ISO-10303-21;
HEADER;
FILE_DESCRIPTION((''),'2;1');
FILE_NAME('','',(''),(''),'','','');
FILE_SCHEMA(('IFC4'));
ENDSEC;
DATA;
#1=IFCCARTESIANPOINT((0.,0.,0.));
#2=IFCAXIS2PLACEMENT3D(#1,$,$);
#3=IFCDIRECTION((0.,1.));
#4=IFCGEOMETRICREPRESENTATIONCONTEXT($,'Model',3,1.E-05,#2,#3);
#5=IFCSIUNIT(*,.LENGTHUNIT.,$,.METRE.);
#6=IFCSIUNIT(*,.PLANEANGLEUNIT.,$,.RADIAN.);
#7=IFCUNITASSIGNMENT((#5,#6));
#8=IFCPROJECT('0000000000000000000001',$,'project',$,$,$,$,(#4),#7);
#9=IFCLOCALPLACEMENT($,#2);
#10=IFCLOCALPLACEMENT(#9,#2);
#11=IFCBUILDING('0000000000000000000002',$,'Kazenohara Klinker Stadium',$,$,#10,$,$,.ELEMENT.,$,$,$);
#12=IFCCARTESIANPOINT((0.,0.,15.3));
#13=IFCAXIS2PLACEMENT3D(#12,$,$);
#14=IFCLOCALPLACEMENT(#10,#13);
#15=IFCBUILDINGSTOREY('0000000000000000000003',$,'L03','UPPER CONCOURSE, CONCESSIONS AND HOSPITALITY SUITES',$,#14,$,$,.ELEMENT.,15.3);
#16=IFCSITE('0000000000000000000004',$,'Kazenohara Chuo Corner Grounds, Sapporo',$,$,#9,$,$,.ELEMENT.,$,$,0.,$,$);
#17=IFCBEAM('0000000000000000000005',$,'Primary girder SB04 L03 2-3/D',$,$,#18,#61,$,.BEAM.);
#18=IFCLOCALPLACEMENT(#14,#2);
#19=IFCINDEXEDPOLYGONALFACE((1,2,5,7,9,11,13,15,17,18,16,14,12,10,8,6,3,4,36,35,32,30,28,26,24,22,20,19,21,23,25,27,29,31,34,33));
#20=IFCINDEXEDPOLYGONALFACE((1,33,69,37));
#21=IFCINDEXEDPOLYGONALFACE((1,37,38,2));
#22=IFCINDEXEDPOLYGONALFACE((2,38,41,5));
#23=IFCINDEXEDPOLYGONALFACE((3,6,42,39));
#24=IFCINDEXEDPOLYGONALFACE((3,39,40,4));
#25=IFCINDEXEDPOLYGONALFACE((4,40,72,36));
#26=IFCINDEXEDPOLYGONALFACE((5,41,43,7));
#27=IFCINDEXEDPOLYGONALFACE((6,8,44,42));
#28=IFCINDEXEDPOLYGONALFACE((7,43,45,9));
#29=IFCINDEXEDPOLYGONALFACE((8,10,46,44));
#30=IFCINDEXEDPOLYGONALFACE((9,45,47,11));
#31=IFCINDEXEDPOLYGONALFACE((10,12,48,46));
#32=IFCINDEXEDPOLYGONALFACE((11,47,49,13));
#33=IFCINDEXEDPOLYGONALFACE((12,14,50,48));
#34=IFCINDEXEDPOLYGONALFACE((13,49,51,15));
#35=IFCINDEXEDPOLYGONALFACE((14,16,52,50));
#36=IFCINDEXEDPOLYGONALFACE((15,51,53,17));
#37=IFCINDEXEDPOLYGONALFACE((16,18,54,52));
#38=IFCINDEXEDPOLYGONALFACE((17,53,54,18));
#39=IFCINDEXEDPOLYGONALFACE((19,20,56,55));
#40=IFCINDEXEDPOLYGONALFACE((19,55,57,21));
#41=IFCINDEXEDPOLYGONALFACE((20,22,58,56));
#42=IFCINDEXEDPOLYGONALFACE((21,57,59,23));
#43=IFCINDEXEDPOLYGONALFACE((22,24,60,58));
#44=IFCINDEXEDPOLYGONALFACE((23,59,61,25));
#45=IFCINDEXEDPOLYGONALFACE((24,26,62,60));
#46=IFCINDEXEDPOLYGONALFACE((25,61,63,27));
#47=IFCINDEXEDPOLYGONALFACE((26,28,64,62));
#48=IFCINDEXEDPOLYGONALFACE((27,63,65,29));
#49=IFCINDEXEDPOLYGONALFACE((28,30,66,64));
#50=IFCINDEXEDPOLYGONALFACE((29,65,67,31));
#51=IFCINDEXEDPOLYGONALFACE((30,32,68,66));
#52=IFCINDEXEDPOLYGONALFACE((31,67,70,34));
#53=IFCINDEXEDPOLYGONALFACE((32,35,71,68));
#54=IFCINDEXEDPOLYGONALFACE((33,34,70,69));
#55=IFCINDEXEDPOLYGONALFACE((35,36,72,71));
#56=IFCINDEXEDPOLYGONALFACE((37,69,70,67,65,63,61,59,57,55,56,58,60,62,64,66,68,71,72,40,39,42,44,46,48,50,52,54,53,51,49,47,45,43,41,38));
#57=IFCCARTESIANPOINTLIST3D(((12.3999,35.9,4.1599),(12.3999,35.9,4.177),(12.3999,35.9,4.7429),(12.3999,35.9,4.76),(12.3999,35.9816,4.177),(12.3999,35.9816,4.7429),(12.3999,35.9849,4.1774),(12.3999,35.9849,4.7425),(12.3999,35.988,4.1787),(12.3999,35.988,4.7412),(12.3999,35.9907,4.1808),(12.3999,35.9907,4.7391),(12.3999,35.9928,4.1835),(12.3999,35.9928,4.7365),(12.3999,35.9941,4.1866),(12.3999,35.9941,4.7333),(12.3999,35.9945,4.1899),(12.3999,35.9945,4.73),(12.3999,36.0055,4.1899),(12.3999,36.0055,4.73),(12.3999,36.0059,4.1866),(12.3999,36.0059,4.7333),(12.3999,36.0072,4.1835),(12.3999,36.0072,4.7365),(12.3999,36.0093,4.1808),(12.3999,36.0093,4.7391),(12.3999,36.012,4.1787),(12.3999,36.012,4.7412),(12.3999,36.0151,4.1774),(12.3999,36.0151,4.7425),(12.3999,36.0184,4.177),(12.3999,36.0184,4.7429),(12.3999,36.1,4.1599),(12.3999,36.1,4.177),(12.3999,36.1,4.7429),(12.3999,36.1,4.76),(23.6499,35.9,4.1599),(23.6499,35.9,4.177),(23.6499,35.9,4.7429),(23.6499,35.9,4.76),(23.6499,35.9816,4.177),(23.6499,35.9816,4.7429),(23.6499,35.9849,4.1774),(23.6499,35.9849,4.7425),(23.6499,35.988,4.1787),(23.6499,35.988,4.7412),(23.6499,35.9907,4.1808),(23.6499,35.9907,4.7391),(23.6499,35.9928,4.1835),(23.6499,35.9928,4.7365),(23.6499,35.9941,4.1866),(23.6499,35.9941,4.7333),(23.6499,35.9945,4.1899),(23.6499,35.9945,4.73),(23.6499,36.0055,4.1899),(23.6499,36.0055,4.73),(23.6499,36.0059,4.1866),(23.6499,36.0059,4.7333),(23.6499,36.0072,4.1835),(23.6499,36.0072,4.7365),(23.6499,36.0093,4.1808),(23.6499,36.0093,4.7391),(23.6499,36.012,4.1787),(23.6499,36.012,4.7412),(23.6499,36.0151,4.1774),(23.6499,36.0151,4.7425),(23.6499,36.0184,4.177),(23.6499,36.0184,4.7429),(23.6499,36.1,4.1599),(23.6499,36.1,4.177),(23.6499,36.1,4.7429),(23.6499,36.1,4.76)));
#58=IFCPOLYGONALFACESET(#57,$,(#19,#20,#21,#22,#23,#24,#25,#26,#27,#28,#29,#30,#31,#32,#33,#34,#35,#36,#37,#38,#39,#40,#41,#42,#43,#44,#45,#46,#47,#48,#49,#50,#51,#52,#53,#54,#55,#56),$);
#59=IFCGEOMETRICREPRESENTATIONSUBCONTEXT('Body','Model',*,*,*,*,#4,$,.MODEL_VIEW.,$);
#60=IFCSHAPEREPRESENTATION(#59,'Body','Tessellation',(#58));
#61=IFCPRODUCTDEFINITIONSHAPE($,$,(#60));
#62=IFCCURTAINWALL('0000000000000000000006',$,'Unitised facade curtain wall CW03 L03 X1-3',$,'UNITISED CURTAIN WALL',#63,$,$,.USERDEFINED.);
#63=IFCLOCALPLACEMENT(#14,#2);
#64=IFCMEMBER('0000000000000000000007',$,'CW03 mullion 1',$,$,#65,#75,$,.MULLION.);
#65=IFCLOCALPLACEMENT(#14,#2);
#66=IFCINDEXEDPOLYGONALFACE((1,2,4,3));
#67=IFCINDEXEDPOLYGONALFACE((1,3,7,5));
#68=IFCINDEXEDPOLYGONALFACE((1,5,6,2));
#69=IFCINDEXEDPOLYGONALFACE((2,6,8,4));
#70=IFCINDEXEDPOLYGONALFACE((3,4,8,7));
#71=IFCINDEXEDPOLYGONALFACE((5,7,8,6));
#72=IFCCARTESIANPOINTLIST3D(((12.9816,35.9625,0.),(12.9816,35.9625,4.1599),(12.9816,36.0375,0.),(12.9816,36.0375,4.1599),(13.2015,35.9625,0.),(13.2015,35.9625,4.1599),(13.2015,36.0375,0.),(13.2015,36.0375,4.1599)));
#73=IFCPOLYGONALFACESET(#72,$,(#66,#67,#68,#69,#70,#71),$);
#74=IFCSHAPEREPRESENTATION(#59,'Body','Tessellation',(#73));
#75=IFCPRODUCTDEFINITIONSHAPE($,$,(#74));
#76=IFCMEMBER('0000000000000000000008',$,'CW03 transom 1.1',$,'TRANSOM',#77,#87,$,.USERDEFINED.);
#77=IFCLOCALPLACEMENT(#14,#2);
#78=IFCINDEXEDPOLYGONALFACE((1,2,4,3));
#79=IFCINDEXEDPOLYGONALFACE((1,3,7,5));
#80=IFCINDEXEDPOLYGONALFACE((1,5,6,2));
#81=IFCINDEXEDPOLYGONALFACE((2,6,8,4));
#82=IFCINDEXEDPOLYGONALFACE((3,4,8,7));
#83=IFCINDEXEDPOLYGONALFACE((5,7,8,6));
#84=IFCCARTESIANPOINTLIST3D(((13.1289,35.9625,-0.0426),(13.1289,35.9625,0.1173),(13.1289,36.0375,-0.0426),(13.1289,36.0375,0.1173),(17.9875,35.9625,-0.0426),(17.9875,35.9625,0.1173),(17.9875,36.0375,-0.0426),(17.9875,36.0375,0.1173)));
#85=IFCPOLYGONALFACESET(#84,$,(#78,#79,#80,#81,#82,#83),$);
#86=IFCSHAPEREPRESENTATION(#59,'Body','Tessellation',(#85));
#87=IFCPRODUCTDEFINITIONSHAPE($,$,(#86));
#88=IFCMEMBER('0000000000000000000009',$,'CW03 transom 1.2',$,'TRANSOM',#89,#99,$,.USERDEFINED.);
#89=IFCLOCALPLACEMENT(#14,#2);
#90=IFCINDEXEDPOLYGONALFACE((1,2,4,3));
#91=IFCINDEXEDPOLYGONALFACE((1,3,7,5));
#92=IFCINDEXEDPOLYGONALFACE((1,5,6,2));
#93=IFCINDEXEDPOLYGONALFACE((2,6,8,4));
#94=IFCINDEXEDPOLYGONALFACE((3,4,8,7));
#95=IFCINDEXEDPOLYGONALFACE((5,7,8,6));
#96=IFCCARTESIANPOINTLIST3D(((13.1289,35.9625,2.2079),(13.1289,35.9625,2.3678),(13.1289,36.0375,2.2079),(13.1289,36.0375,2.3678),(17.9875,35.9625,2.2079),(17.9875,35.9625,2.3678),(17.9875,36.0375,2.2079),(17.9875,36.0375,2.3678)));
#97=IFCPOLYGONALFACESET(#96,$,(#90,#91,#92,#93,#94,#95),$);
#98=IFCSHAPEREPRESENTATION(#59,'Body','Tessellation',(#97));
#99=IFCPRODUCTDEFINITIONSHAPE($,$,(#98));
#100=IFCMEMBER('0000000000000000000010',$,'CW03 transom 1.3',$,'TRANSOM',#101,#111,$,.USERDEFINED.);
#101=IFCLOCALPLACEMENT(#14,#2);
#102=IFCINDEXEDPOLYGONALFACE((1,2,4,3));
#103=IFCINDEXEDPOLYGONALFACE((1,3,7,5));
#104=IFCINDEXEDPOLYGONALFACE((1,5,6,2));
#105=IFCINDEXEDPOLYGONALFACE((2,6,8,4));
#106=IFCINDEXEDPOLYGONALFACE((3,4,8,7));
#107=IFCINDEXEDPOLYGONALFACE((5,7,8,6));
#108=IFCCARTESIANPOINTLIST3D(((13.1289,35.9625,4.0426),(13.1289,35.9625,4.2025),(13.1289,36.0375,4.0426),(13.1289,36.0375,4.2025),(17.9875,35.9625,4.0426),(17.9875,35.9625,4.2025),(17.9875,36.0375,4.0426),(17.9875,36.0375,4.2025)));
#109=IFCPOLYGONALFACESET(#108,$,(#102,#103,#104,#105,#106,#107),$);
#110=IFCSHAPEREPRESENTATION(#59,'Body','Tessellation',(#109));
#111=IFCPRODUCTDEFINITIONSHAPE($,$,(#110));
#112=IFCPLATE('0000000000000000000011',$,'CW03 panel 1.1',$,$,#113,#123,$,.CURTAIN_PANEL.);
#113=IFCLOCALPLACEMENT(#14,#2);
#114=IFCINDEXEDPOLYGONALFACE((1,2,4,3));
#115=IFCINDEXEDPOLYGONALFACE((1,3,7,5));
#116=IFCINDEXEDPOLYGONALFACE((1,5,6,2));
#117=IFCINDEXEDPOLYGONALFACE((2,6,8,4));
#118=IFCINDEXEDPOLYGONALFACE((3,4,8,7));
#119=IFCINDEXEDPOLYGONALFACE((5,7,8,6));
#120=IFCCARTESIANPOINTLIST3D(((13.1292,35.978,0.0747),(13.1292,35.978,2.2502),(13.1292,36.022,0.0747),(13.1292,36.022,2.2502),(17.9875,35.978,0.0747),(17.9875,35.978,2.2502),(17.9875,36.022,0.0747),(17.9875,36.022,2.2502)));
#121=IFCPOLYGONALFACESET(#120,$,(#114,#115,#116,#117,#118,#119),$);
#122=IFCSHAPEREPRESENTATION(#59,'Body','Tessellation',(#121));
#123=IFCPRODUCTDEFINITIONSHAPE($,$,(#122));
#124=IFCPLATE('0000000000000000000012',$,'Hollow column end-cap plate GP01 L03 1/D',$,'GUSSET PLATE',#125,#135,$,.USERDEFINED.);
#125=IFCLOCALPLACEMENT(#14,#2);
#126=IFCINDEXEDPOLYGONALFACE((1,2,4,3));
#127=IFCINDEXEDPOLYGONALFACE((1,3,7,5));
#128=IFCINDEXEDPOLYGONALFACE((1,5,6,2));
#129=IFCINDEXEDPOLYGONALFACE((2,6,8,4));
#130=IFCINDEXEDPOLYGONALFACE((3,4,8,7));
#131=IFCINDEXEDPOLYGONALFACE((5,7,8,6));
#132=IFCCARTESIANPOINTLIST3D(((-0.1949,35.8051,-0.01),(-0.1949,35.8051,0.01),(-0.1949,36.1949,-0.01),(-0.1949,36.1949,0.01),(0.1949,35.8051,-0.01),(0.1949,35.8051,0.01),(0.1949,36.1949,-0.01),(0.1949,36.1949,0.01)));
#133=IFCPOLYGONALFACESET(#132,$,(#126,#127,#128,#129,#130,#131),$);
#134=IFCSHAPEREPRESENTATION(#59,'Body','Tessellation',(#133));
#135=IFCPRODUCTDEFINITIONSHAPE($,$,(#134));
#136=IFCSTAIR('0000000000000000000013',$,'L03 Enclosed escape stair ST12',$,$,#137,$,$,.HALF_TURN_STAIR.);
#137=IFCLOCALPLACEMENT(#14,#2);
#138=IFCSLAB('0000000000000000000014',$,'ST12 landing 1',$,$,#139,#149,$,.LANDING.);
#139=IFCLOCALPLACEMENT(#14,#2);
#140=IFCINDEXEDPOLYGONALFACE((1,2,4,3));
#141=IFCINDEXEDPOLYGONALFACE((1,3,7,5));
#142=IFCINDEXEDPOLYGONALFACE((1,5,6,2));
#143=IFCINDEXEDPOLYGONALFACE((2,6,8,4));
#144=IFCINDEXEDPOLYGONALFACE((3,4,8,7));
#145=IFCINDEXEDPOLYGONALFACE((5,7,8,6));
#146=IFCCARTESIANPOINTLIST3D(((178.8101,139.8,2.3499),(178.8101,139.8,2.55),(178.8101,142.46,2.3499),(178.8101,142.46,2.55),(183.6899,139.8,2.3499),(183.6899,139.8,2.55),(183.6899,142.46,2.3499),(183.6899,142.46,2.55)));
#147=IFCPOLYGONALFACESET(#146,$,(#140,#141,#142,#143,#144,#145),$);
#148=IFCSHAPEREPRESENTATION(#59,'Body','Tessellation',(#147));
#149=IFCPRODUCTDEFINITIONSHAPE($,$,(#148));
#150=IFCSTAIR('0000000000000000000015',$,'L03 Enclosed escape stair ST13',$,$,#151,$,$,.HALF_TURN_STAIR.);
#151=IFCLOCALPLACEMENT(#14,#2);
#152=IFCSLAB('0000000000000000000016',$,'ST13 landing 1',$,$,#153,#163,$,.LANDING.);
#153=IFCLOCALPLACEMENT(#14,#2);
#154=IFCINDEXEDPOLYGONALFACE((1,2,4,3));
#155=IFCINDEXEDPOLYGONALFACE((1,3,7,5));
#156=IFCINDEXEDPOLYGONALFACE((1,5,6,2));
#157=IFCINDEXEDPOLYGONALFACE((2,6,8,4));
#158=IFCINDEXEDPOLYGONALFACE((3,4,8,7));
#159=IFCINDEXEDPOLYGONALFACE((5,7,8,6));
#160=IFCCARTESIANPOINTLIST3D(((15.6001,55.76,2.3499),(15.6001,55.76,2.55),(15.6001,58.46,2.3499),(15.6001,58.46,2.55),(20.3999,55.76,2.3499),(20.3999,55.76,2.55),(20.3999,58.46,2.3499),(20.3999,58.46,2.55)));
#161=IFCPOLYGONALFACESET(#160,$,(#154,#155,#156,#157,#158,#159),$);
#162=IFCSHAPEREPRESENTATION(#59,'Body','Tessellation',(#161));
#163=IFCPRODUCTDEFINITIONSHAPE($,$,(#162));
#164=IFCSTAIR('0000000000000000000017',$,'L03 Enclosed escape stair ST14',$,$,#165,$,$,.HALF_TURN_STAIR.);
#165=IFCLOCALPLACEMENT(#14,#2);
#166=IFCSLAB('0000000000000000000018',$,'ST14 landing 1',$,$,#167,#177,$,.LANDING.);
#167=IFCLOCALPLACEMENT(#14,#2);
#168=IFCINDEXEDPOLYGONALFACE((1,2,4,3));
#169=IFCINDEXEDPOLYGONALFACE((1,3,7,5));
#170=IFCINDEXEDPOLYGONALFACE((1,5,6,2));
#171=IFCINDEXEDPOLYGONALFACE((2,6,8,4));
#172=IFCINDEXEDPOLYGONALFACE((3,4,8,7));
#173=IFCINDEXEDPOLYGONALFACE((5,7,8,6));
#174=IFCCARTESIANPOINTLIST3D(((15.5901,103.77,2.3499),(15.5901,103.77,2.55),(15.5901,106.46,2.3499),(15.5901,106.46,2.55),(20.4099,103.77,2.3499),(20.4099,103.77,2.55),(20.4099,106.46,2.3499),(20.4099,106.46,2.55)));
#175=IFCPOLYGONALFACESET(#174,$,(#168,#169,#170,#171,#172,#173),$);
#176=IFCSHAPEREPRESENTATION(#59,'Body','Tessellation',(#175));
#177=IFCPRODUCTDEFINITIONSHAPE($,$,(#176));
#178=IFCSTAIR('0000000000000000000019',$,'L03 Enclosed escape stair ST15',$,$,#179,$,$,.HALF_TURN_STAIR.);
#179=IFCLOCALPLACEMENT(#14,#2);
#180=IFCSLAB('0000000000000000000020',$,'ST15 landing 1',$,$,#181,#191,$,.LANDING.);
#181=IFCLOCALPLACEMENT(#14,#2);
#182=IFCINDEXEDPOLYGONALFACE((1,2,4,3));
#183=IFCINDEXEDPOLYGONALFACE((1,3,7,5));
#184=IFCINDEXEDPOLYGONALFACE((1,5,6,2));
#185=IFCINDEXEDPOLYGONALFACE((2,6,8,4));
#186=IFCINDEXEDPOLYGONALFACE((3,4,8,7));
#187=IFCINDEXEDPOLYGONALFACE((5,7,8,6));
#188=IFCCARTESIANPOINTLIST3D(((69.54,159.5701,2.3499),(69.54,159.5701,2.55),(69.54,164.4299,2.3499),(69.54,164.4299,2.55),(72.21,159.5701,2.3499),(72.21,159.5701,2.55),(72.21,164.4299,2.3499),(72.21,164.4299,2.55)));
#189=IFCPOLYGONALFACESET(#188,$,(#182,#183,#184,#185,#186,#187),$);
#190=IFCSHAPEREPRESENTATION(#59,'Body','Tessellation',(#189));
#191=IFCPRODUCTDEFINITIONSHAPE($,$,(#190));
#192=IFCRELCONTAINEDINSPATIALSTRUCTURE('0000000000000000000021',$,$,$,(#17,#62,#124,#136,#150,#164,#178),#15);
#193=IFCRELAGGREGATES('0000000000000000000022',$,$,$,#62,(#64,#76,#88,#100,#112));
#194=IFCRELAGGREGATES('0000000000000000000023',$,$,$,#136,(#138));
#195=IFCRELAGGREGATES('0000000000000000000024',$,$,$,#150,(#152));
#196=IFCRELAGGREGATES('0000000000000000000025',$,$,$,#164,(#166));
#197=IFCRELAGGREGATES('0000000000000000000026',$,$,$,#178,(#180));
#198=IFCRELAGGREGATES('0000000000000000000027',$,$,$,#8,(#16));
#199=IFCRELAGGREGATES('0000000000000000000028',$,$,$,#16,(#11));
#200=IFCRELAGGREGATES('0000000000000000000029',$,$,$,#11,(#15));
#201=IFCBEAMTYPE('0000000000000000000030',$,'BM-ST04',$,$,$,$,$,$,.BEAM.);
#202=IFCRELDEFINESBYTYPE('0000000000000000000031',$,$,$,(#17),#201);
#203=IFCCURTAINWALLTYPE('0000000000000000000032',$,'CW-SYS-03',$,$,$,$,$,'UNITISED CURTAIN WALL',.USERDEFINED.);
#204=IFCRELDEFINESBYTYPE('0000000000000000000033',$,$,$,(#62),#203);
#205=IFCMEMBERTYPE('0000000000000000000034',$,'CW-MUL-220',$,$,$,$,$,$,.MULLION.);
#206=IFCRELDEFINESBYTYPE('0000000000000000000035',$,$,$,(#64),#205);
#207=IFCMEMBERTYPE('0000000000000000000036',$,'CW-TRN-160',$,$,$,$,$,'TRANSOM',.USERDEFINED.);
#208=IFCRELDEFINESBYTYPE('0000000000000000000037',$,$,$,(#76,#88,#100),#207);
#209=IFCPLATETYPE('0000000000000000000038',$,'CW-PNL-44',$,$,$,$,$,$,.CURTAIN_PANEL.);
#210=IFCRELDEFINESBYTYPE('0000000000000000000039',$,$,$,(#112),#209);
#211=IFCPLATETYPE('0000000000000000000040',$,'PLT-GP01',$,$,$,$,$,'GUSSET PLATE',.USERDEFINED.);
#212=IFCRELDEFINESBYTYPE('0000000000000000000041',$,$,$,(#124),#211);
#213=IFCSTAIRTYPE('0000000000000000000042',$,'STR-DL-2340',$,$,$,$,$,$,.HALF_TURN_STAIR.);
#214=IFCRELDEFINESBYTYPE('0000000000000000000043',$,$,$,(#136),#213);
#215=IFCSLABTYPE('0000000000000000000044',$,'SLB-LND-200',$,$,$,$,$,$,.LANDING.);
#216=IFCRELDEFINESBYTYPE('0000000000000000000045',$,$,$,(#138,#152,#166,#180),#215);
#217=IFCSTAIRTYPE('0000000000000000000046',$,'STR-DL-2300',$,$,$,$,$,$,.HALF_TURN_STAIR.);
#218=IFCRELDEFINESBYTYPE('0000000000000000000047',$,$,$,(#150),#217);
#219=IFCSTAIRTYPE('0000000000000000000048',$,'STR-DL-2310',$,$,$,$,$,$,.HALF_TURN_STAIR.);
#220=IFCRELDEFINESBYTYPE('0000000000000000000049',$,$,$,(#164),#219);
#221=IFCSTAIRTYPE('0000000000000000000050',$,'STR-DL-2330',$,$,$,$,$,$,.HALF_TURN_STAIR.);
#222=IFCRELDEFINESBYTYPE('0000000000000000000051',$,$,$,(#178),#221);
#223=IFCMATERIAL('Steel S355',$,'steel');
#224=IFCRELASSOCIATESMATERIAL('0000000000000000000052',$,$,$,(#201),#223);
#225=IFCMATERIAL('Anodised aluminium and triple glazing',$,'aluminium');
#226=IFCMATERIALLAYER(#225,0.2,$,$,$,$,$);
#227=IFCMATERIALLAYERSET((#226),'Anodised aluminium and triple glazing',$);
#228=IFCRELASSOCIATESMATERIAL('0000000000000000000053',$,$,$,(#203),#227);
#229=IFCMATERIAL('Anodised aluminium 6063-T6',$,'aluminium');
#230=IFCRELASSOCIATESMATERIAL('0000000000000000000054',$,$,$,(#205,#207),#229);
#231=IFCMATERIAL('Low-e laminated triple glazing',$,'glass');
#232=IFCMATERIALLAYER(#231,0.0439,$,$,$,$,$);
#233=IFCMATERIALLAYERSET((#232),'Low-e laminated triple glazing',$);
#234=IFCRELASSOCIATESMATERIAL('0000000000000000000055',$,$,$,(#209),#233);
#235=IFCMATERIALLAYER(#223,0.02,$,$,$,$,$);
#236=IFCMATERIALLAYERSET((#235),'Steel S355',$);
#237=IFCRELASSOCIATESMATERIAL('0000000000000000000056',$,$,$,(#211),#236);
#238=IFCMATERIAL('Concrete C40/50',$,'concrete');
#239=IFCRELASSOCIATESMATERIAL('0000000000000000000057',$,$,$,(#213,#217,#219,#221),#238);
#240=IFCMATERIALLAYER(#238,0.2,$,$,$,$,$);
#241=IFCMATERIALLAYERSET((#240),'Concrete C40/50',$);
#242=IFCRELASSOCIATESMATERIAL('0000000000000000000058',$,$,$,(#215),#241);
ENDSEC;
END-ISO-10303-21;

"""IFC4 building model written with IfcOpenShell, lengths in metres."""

from ifc_helpers import new_model, si_unit, direction, frame, origin, origin_2d, place, context, subcontext, project, spatial, polyline, rectangle, i_section, outline, extrude, material, layer, layer_set, material_profile, profile_set, type_object, element, aggregate, save


model = new_model("IFC4")

# Units and contexts
model_context = context("Model", 3, precision=1e-05, world=origin(), true_north=direction((0.0, 1.0)))
body_context = subcontext(model_context, "Body", "Model", "MODEL_VIEW")
ifc_project = project(units=[si_unit("LENGTHUNIT", "METRE"), si_unit("PLANEANGLEUNIT", "RADIAN")], contexts=[model_context])

# Site, building, storey
site_placement = place(None, origin())
site = spatial("IfcSite", under=ifc_project, at=site_placement, Name="Kazenohara Chuo Corner Grounds, Sapporo", CompositionType="ELEMENT", RefElevation=0.0)
building_placement = place(site_placement, origin())
building = spatial("IfcBuilding", under=site, at=building_placement, Name="Kazenohara Klinker Stadium", CompositionType="ELEMENT")
storey_placement = place(building_placement, frame((0.0, 0.0, 15.3)))
storey = spatial("IfcBuildingStorey", under=building, at=storey_placement, Name="L03", Description="UPPER CONCOURSE, CONCESSIONS AND HOSPITALITY SUITES", CompositionType="ELEMENT", Elevation=15.3)

# Shared definitions
ifc_material_1 = material(Name="Concrete C40/50", Category="concrete")
ifc_material_2 = material(Name="Steel S355", Category="steel")

# Beam
ifc_material_profile_1 = material_profile(ifc_material_2, i_section(OverallWidth=0.2, OverallDepth=0.6001, WebThickness=0.011, FlangeThickness=0.0171, FilletRadius=0.0129, at=origin_2d()), Name="H-600x200x11x17")
ifc_profile_set_1 = profile_set([ifc_material_profile_1], Name="Steel S355")
beam_type_1 = type_object("IfcBeamType", Name="BM-ST04", PredefinedType="BEAM", material=ifc_profile_set_1)
beam_1_placement = place(storey_placement, frame((12.3999, 36.0, 4.46), z_axis=(1.0, 0.0, 0.0), x_axis=(0.0, 1.0, 0.0)))
element("IfcBeam", 1, at=beam_1_placement, inside=storey, type_object=beam_type_1, Name="Primary girder SB04 L03 2-3/D", PredefinedType="BEAM", context=body_context, shape_type="SweptSolid", body=[
    extrude(i_section(OverallWidth=0.2, OverallDepth=0.6001, WebThickness=0.011, FlangeThickness=0.0171, FilletRadius=0.0129, at=origin_2d()), origin(), (0.0, 0.0, 1.0), 11.25),
])

# Curtain wall, members, plate
ifc_material_3 = material(Name="Anodised aluminium and triple glazing", Category="aluminium")
ifc_layer_1 = layer(ifc_material_3, 0.2)
ifc_layer_set_1 = layer_set([ifc_layer_1], Name="Anodised aluminium and triple glazing")
curtain_wall_type = type_object("IfcCurtainWallType", Name="CW-SYS-03", ElementType="UNITISED CURTAIN WALL", PredefinedType="USERDEFINED", material=ifc_layer_set_1)
curtain_wall_placement = place(storey_placement, origin())
curtain_wall = element("IfcCurtainWall", 2, at=curtain_wall_placement, inside=storey, type_object=curtain_wall_type, Name="Unitised facade curtain wall CW03 L03 X1-3", ObjectType="UNITISED CURTAIN WALL", PredefinedType="USERDEFINED")
ifc_material_4 = material(Name="Anodised aluminium 6063-T6", Category="aluminium")
ifc_material_profile_2 = material_profile(ifc_material_4, rectangle(XDim=0.075, YDim=0.22, at=origin_2d()), Name="ALU-MUL-75x220")
ifc_profile_set_2 = profile_set([ifc_material_profile_2], Name="Anodised aluminium 6063-T6")
member_type_1 = type_object("IfcMemberType", Name="CW-MUL-220", PredefinedType="MULLION", material=ifc_profile_set_2)
member_1_placement = place(storey_placement, frame((13.0916, 36.0, 0.0), z_axis=(0.0, 0.0, 1.0), x_axis=(0.0, 1.0, 0.0)))
member_1 = element("IfcMember", 3, at=member_1_placement, type_object=member_type_1, Name="CW03 mullion 1", PredefinedType="MULLION", context=body_context, shape_type="SweptSolid", body=[
    extrude(rectangle(XDim=0.075, YDim=0.22, at=origin_2d()), origin(), (0.0, 0.0, 1.0), 4.1599),
])
ifc_material_profile_3 = material_profile(ifc_material_4, rectangle(XDim=0.075, YDim=0.1599, at=origin_2d()), Name="ALU-TRN-75x160")
ifc_profile_set_3 = profile_set([ifc_material_profile_3], Name="Anodised aluminium 6063-T6")
member_type_2 = type_object("IfcMemberType", Name="CW-TRN-160", ElementType="TRANSOM", PredefinedType="USERDEFINED", material=ifc_profile_set_3)
member_2_placement = place(storey_placement, frame((13.1289, 36.0, 0.0374), z_axis=(1.0, 0.0, 0.0), x_axis=(0.0, 1.0, 0.0)))
member_2 = element("IfcMember", 4, at=member_2_placement, type_object=member_type_2, Name="CW03 transom 1.1", ObjectType="TRANSOM", PredefinedType="USERDEFINED", context=body_context, shape_type="SweptSolid", body=[
    extrude(rectangle(XDim=0.075, YDim=0.1599, at=origin_2d()), origin(), (0.0, 0.0, 1.0), 4.8586),
])
member_3_placement = place(storey_placement, frame((13.1289, 36.0, 2.2878), z_axis=(1.0, 0.0, 0.0), x_axis=(0.0, 1.0, 0.0)))
member_3 = element("IfcMember", 5, at=member_3_placement, type_object=member_type_2, Name="CW03 transom 1.2", ObjectType="TRANSOM", PredefinedType="USERDEFINED", context=body_context, shape_type="SweptSolid", body=[
    extrude(rectangle(XDim=0.075, YDim=0.1599, at=origin_2d()), origin(), (0.0, 0.0, 1.0), 4.8586),
])
member_4_placement = place(storey_placement, frame((13.1289, 36.0, 4.1226), z_axis=(1.0, 0.0, 0.0), x_axis=(0.0, 1.0, 0.0)))
member_4 = element("IfcMember", 6, at=member_4_placement, type_object=member_type_2, Name="CW03 transom 1.3", ObjectType="TRANSOM", PredefinedType="USERDEFINED", context=body_context, shape_type="SweptSolid", body=[
    extrude(rectangle(XDim=0.075, YDim=0.1599, at=origin_2d()), origin(), (0.0, 0.0, 1.0), 4.8586),
])
ifc_material_5 = material(Name="Low-e laminated triple glazing", Category="glass")
ifc_layer_2 = layer(ifc_material_5, 0.0439)
ifc_layer_set_2 = layer_set([ifc_layer_2], Name="Low-e laminated triple glazing")
plate_type_1 = type_object("IfcPlateType", Name="CW-PNL-44", PredefinedType="CURTAIN_PANEL", material=ifc_layer_set_2)
plate_1_placement = place(storey_placement, frame((15.5583, 36.0, 0.0747), z_axis=(0.0, 0.0, 1.0), x_axis=(1.0, 0.0, 0.0)))
plate_1 = element("IfcPlate", 7, at=plate_1_placement, type_object=plate_type_1, Name="CW03 panel 1.1", PredefinedType="CURTAIN_PANEL", context=body_context, shape_type="SweptSolid", body=[
    extrude(rectangle(XDim=4.8584, YDim=0.0439, at=origin_2d()), origin(), (0.0, 0.0, 1.0), 2.1755),
])
aggregate(curtain_wall, [member_1, member_2, member_3, member_4, plate_1])

# Plate
ifc_layer_3 = layer(ifc_material_2, 0.02)
ifc_layer_set_3 = layer_set([ifc_layer_3], Name="Steel S355")
plate_type_2 = type_object("IfcPlateType", Name="PLT-GP01", ElementType="GUSSET PLATE", PredefinedType="USERDEFINED", material=ifc_layer_set_3)
plate_2_placement = place(storey_placement, frame((0.0, 36.0, -0.01), z_axis=(0.0, 0.0, 1.0), x_axis=(1.0, 0.0, 0.0)))
element("IfcPlate", 8, at=plate_2_placement, inside=storey, type_object=plate_type_2, Name="Hollow column end-cap plate GP01 L03 1/D", ObjectType="GUSSET PLATE", PredefinedType="USERDEFINED", context=body_context, shape_type="SweptSolid", body=[
    extrude(rectangle(XDim=0.3899, YDim=0.3899, at=origin_2d()), origin(), (0.0, 0.0, 1.0), 0.02),
])

# Stairs, slabs
stair_type_1 = type_object("IfcStairType", Name="STR-DL-2340", PredefinedType="HALF_TURN_STAIR", material=ifc_material_1)
stair_1_placement = place(storey_placement, origin())
stair_1 = element("IfcStair", 9, at=stair_1_placement, inside=storey, type_object=stair_type_1, Name="L03 Enclosed escape stair ST12", PredefinedType="HALF_TURN_STAIR")
ifc_layer_4 = layer(ifc_material_1, 0.2)
ifc_layer_set_4 = layer_set([ifc_layer_4], Name="Concrete C40/50")
slab_type = type_object("IfcSlabType", Name="SLB-LND-200", PredefinedType="LANDING", material=ifc_layer_set_4)
slab_1_placement = place(storey_placement, frame((0.0, 0.0, 2.3499)))
slab_1 = element("IfcSlab", 10, at=slab_1_placement, type_object=slab_type, Name="ST12 landing 1", PredefinedType="LANDING", context=body_context, shape_type="SweptSolid", body=[
    extrude(outline(polyline([(183.6899, 139.8), (183.6899, 142.46), (178.8101, 142.46), (178.8101, 139.8), (183.6899, 139.8)])), origin(), (0.0, 0.0, 1.0), 0.2002),
])
aggregate(stair_1, [slab_1])
stair_type_2 = type_object("IfcStairType", Name="STR-DL-2300", PredefinedType="HALF_TURN_STAIR", material=ifc_material_1)
stair_2_placement = place(storey_placement, origin())
stair_2 = element("IfcStair", 11, at=stair_2_placement, inside=storey, type_object=stair_type_2, Name="L03 Enclosed escape stair ST13", PredefinedType="HALF_TURN_STAIR")
slab_2_placement = place(storey_placement, frame((0.0, 0.0, 2.3499)))
slab_2 = element("IfcSlab", 12, at=slab_2_placement, type_object=slab_type, Name="ST13 landing 1", PredefinedType="LANDING", context=body_context, shape_type="SweptSolid", body=[
    extrude(outline(polyline([(20.3999, 55.76), (20.3999, 58.46), (15.6001, 58.46), (15.6001, 55.76), (20.3999, 55.76)])), origin(), (0.0, 0.0, 1.0), 0.2002),
])
aggregate(stair_2, [slab_2])
stair_type_3 = type_object("IfcStairType", Name="STR-DL-2310", PredefinedType="HALF_TURN_STAIR", material=ifc_material_1)
stair_3_placement = place(storey_placement, origin())
stair_3 = element("IfcStair", 13, at=stair_3_placement, inside=storey, type_object=stair_type_3, Name="L03 Enclosed escape stair ST14", PredefinedType="HALF_TURN_STAIR")
slab_3_placement = place(storey_placement, frame((0.0, 0.0, 2.3499)))
slab_3 = element("IfcSlab", 14, at=slab_3_placement, type_object=slab_type, Name="ST14 landing 1", PredefinedType="LANDING", context=body_context, shape_type="SweptSolid", body=[
    extrude(outline(polyline([(20.4099, 103.77), (20.4099, 106.46), (15.5901, 106.46), (15.5901, 103.77), (20.4099, 103.77)])), origin(), (0.0, 0.0, 1.0), 0.2002),
])
aggregate(stair_3, [slab_3])
stair_type_4 = type_object("IfcStairType", Name="STR-DL-2330", PredefinedType="HALF_TURN_STAIR", material=ifc_material_1)
stair_4_placement = place(storey_placement, origin())
stair_4 = element("IfcStair", 15, at=stair_4_placement, inside=storey, type_object=stair_type_4, Name="L03 Enclosed escape stair ST15", PredefinedType="HALF_TURN_STAIR")
slab_4_placement = place(storey_placement, frame((0.0, 0.0, 2.3499)))
slab_4 = element("IfcSlab", 16, at=slab_4_placement, type_object=slab_type, Name="ST15 landing 1", PredefinedType="LANDING", context=body_context, shape_type="SweptSolid", body=[
    extrude(outline(polyline([(69.54, 159.5701), (72.21, 159.5701), (72.21, 164.4299), (69.54, 164.4299), (69.54, 159.5701)])), origin(), (0.0, 0.0, 1.0), 0.2002),
])
aggregate(stair_4, [slab_4])

save(model, "model.ifc")
